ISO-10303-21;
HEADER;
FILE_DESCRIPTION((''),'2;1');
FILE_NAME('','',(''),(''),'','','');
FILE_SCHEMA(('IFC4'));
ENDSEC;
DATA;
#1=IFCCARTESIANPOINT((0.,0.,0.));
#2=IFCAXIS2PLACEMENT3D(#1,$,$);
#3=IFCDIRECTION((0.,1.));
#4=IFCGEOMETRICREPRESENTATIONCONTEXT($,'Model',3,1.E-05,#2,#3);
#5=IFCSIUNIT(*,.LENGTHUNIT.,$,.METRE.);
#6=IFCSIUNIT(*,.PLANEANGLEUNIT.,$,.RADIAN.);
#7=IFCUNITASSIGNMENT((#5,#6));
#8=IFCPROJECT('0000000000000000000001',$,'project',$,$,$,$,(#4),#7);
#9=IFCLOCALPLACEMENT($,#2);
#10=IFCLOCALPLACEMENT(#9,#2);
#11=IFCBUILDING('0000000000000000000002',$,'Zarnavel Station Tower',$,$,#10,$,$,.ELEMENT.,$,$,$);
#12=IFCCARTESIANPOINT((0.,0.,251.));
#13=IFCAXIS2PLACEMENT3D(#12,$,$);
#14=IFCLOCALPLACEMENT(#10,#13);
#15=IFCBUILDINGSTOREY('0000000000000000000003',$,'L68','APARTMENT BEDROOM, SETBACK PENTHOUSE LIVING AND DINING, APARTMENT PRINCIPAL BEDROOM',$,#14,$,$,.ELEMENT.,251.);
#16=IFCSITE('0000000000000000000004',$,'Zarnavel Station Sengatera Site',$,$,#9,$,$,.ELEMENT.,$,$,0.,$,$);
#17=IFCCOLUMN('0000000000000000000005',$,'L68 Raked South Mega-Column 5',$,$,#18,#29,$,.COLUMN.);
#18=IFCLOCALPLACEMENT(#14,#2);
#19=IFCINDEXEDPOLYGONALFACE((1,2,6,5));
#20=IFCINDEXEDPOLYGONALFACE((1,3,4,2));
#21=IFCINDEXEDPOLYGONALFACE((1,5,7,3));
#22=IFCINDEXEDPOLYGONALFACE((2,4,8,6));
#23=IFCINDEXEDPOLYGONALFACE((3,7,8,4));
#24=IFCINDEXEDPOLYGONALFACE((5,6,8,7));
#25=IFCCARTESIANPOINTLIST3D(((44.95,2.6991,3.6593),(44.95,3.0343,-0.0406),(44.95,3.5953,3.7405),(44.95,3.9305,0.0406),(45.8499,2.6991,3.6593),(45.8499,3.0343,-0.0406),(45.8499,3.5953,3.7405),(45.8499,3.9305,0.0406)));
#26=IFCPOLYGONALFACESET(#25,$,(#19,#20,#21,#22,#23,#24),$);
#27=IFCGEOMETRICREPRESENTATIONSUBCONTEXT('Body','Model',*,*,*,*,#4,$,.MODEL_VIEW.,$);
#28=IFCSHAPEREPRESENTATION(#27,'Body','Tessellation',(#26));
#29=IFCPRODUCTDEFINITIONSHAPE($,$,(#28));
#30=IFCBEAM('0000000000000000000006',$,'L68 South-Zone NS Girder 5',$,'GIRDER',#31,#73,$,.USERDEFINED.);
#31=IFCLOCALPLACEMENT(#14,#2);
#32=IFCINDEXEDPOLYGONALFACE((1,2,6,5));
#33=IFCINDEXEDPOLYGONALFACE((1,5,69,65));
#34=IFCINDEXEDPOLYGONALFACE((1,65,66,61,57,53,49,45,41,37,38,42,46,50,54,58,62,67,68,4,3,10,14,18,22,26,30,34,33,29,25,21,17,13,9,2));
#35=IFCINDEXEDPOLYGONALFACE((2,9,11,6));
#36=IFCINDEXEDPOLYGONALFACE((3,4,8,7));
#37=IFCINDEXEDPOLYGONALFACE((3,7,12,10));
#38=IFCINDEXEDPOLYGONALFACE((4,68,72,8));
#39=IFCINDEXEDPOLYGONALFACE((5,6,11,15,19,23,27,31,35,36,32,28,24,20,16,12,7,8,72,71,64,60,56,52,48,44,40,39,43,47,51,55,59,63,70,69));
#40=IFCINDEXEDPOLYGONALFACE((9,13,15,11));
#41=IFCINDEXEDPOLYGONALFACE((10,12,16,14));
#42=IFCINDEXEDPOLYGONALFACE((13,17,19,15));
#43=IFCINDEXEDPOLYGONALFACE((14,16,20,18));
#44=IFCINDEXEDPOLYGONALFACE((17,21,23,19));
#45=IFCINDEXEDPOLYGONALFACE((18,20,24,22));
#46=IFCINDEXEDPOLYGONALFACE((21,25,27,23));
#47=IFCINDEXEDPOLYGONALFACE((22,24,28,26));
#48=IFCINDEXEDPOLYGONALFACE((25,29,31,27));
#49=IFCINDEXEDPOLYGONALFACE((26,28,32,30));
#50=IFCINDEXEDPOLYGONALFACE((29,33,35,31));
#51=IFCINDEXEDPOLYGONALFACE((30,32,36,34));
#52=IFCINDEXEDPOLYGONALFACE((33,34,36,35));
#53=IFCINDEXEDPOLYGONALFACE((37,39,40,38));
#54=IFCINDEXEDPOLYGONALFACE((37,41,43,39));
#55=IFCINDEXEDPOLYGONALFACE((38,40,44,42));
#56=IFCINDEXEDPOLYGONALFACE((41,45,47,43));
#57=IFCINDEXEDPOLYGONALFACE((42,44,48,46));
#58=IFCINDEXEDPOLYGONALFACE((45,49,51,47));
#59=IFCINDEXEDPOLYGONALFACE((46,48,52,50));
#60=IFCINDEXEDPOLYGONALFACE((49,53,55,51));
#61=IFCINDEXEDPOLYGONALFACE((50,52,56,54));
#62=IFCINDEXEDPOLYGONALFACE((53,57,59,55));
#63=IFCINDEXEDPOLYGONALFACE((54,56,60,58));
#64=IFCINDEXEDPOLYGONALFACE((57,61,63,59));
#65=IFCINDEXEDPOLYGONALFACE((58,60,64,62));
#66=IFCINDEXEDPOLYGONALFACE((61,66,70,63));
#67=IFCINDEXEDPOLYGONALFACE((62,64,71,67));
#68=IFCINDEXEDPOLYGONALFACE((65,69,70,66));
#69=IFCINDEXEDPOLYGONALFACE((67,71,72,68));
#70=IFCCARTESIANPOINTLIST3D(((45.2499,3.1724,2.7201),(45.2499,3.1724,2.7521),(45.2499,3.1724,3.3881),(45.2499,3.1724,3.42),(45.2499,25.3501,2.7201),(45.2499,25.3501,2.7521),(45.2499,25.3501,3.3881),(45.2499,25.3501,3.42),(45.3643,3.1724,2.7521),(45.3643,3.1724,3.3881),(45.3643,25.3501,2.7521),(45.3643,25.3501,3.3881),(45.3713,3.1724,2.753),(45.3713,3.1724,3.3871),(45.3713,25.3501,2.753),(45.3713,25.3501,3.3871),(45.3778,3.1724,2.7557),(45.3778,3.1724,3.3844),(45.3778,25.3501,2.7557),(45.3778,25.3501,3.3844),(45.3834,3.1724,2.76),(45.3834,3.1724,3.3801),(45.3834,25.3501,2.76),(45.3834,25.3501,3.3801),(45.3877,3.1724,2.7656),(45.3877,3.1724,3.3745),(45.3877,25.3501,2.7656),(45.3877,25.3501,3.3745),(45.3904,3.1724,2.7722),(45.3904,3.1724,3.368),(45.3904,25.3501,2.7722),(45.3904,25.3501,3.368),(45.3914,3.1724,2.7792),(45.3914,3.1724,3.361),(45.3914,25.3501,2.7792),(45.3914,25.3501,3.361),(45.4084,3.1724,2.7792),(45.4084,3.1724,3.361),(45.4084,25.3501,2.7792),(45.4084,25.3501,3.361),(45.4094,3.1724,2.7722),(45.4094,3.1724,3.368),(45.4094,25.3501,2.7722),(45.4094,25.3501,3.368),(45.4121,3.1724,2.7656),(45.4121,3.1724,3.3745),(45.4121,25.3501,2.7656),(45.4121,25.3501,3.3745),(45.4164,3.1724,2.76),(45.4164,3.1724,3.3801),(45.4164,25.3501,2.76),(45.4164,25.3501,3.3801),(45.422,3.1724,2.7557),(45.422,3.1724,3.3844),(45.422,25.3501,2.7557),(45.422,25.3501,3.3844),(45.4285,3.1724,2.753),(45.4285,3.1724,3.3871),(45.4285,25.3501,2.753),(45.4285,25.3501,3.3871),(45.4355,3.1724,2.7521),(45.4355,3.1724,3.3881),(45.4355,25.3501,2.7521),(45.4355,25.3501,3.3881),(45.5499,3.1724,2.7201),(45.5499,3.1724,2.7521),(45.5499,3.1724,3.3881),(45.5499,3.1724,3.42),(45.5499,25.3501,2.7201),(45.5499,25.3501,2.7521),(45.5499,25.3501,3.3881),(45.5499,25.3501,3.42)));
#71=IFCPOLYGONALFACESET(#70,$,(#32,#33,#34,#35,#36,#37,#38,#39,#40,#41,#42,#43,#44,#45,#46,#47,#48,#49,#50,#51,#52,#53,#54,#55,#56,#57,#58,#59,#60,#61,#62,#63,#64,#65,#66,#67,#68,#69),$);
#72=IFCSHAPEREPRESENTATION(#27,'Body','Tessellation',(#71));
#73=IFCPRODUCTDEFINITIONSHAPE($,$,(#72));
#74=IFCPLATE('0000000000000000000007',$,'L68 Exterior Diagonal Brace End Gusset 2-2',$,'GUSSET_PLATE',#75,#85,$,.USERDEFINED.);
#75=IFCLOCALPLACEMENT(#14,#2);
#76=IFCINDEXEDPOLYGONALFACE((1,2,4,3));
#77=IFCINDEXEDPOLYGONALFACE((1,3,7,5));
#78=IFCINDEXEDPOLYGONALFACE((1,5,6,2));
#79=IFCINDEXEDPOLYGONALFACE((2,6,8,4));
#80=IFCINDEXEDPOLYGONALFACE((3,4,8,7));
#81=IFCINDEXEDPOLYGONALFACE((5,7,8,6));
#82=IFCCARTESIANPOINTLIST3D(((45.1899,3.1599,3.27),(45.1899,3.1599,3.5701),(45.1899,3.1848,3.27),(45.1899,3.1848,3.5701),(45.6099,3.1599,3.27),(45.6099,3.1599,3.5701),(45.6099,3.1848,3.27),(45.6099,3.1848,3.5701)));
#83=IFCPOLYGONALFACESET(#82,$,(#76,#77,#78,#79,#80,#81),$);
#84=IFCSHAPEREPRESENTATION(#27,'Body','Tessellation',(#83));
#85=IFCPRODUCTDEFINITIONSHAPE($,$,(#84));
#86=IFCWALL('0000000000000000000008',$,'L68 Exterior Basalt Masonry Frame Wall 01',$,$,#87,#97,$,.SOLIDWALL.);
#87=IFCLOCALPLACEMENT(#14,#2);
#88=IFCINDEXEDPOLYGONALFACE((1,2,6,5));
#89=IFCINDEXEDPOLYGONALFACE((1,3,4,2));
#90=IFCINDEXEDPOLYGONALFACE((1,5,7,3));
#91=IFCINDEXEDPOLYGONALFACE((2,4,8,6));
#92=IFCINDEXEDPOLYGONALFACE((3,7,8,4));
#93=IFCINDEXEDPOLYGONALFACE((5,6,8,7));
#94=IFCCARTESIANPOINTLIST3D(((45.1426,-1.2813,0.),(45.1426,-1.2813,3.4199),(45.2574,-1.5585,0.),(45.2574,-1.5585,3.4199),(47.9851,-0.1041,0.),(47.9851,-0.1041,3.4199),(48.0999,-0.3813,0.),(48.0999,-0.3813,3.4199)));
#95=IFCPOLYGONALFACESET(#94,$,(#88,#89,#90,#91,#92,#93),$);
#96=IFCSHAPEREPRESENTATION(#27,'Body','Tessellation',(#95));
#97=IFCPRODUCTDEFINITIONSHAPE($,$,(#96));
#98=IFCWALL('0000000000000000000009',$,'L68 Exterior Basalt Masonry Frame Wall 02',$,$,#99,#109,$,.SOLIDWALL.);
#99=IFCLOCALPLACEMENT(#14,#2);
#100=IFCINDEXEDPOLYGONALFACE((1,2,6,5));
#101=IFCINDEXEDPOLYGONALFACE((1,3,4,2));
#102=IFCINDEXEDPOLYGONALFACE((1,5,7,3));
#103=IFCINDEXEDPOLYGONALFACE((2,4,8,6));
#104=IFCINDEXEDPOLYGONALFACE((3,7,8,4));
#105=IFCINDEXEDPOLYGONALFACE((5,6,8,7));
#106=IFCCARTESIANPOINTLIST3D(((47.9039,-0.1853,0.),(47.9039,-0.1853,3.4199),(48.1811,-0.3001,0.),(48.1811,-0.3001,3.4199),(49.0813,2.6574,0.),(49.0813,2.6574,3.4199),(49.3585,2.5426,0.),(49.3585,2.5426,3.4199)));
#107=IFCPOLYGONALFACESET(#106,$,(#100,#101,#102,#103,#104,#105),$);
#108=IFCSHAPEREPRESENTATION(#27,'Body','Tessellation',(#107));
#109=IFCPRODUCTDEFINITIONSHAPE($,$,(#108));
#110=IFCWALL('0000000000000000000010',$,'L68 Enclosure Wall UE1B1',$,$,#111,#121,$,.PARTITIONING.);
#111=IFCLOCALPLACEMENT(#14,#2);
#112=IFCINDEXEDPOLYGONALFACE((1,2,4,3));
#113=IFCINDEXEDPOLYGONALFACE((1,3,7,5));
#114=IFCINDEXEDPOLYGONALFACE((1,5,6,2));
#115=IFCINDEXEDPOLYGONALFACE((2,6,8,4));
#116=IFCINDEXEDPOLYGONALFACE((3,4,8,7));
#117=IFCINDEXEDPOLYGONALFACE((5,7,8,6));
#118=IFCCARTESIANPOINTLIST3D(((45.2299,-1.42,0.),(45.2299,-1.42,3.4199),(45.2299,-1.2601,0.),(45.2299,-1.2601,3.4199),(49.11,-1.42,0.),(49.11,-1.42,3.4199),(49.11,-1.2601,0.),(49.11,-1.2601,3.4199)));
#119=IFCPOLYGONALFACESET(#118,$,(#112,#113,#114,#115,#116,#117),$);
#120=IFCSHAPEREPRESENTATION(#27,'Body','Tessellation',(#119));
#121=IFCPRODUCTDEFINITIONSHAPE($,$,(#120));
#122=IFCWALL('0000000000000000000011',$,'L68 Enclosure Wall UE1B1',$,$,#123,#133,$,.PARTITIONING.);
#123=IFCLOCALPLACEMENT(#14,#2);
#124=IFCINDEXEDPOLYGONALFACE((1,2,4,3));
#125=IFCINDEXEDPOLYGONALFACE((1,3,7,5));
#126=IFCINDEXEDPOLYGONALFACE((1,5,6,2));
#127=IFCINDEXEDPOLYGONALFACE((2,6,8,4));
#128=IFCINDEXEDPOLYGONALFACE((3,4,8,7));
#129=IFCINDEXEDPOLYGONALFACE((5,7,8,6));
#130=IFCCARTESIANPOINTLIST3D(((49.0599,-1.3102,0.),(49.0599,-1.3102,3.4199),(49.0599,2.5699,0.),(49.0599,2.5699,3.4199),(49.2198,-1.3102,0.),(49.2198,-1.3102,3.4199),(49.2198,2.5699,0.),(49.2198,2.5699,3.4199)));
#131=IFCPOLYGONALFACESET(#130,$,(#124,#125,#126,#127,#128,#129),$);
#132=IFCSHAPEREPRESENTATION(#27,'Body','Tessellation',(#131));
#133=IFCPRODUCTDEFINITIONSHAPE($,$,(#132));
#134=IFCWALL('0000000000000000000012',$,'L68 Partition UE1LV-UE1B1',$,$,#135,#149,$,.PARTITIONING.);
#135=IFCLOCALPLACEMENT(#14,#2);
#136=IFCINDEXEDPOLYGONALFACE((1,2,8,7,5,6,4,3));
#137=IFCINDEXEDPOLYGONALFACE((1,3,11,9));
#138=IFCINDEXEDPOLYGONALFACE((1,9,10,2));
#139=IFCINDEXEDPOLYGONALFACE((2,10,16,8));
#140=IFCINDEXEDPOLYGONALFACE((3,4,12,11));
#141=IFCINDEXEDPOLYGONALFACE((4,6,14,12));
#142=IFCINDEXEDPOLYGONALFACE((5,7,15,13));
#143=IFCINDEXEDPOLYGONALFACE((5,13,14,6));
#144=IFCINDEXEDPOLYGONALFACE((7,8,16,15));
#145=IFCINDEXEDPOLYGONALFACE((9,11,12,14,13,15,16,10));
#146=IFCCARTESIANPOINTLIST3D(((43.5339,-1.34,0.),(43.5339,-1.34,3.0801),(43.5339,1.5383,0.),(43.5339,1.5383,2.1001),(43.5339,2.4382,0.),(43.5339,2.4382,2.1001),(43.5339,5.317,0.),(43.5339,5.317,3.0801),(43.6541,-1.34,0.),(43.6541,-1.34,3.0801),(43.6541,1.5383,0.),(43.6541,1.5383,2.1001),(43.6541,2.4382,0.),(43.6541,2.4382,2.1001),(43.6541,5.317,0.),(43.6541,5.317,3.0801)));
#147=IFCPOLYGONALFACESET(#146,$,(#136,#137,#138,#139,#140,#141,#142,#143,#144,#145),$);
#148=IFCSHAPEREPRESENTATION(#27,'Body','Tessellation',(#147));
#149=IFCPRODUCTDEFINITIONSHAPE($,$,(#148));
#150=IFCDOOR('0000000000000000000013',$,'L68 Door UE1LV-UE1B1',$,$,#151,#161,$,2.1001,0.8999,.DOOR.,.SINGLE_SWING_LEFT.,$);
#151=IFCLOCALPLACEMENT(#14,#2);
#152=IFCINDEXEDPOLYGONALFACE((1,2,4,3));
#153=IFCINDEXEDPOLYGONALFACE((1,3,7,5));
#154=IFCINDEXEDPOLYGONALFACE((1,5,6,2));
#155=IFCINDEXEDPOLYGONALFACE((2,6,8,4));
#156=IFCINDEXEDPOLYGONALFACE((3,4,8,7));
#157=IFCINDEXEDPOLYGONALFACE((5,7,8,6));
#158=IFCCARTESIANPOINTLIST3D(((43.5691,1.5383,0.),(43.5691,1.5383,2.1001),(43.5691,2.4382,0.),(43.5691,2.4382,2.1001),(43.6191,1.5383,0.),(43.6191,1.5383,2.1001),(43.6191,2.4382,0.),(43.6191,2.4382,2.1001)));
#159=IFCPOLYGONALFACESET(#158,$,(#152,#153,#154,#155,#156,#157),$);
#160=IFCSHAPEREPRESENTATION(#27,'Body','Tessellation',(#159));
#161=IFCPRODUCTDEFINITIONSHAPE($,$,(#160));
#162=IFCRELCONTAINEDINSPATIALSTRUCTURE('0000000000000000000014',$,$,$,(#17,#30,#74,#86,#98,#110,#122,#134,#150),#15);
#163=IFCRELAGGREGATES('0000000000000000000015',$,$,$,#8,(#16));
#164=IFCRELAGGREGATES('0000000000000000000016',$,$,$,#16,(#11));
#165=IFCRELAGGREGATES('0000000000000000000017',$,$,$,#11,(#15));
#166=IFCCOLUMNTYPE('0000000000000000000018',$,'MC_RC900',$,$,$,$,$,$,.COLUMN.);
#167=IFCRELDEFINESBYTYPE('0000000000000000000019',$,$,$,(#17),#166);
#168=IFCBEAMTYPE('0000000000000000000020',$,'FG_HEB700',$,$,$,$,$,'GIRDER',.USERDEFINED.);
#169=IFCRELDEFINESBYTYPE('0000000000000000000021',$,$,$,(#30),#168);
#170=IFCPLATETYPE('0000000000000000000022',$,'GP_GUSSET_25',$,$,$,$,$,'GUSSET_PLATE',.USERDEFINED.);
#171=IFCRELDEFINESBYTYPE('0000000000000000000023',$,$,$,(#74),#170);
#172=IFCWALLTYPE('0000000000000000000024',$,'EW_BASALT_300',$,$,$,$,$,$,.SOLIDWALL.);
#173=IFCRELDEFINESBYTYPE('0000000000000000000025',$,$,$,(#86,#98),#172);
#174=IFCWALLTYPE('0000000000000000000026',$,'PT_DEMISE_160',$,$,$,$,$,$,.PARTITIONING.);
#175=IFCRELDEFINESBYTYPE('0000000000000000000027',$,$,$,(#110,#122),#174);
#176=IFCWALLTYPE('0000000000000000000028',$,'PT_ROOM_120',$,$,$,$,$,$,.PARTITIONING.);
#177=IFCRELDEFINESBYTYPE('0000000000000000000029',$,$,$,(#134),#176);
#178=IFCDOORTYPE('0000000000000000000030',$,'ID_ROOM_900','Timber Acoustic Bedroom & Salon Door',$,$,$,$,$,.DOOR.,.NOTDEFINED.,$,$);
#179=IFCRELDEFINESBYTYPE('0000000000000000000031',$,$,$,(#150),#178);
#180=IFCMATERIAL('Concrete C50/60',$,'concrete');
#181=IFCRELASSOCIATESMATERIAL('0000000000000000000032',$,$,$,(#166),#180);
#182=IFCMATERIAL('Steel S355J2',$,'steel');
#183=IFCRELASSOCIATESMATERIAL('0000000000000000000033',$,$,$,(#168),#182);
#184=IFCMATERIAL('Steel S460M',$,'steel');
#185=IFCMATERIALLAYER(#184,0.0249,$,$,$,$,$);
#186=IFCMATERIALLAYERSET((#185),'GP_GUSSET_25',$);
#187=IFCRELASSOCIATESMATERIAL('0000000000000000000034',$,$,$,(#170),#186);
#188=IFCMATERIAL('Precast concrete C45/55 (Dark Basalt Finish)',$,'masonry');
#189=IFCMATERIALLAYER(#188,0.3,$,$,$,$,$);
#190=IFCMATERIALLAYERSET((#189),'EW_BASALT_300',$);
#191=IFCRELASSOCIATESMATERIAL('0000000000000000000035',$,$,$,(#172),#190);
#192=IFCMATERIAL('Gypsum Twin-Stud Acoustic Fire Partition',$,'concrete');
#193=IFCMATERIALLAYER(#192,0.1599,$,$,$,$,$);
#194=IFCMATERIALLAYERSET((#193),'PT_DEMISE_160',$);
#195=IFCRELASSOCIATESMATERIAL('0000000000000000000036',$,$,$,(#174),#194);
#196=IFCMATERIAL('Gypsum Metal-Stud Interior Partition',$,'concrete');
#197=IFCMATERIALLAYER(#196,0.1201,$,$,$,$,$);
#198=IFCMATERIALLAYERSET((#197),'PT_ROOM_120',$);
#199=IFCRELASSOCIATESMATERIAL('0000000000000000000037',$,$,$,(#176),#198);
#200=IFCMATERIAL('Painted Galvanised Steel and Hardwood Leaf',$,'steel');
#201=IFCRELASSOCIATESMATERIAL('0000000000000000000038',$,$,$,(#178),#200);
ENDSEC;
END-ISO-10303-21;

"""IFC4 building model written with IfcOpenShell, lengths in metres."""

from ifc_helpers import new_model, si_unit, direction, frame, frame_2d, origin, origin_2d, place, context, subcontext, project, spatial, rectangle, i_section, extrude, material, layer, layer_set, material_profile, profile_set, type_object, element, fill, save


model = new_model("IFC4")

# Units and contexts
model_context = context("Model", 3, precision=1e-05, world=origin(), true_north=direction((0.0, 1.0)))
body_context = subcontext(model_context, "Body", "Model", "MODEL_VIEW")
ifc_project = project(units=[si_unit("LENGTHUNIT", "METRE"), si_unit("PLANEANGLEUNIT", "RADIAN")], contexts=[model_context])

# Site, building, storey
site_placement = place(None, origin())
site = spatial("IfcSite", under=ifc_project, at=site_placement, Name="Zarnavel Station Sengatera Site", CompositionType="ELEMENT", RefElevation=0.0)
building_placement = place(site_placement, origin())
building = spatial("IfcBuilding", under=site, at=building_placement, Name="Zarnavel Station Tower", CompositionType="ELEMENT")
storey_placement = place(building_placement, frame((0.0, 0.0, 251.0)))
storey = spatial("IfcBuildingStorey", under=building, at=storey_placement, Name="L68", Description="APARTMENT BEDROOM, SETBACK PENTHOUSE LIVING AND DINING, APARTMENT PRINCIPAL BEDROOM", CompositionType="ELEMENT", Elevation=251.0)

# Column
ifc_material_1 = material(Name="Concrete C50/60", Category="concrete")
ifc_material_profile_1 = material_profile(ifc_material_1, rectangle(XDim=0.8999, YDim=0.8999, at=origin_2d()), Name="RC900x900")
ifc_profile_set_1 = profile_set([ifc_material_profile_1], Name="Concrete C50/60")
column_type = type_object("IfcColumnType", Name="MC_RC900", PredefinedType="COLUMN", material=ifc_profile_set_1)
column_placement = place(storey_placement, frame((45.3999, 3.4824, 0.0), z_axis=(0.0, -0.090228, 0.995921), x_axis=(1.0, 0.0, 0.0)))
element("IfcColumn", 1, at=column_placement, inside=storey, type_object=column_type, Name="L68 Raked South Mega-Column 5", PredefinedType="COLUMN", context=body_context, shape_type="SweptSolid", body=[
    extrude(rectangle(XDim=0.8999, YDim=0.8999, at=origin_2d()), origin(), (0.0, 0.0, 1.0), 3.7151),
])

# Beam
ifc_material_2 = material(Name="Steel S355J2", Category="steel")
ifc_material_profile_2 = material_profile(ifc_material_2, i_section(OverallWidth=0.3, OverallDepth=0.7, WebThickness=0.0171, FlangeThickness=0.032, FilletRadius=0.0271, at=origin_2d()), Name="HEB700")
ifc_profile_set_2 = profile_set([ifc_material_profile_2], Name="Steel S355J2")
beam_type = type_object("IfcBeamType", Name="FG_HEB700", ElementType="GIRDER", PredefinedType="USERDEFINED", material=ifc_profile_set_2)
beam_placement = place(storey_placement, frame((45.3999, 3.1724, 3.0701), z_axis=(0.0, 1.0, 0.0), x_axis=(-1.0, 0.0, 0.0)))
element("IfcBeam", 2, at=beam_placement, inside=storey, type_object=beam_type, Name="L68 South-Zone NS Girder 5", ObjectType="GIRDER", PredefinedType="USERDEFINED", context=body_context, shape_type="SweptSolid", body=[
    extrude(i_section(OverallWidth=0.3, OverallDepth=0.7, WebThickness=0.0171, FlangeThickness=0.032, FilletRadius=0.0271, at=origin_2d()), origin(), (0.0, 0.0, 1.0), 22.1777),
])

# Plate
ifc_material_3 = material(Name="Steel S460M", Category="steel")
ifc_layer_1 = layer(ifc_material_3, 0.0249)
ifc_layer_set_1 = layer_set([ifc_layer_1], Name="GP_GUSSET_25")
plate_type = type_object("IfcPlateType", Name="GP_GUSSET_25", ElementType="GUSSET_PLATE", PredefinedType="USERDEFINED", material=ifc_layer_set_1)
plate_placement = place(storey_placement, frame((45.3999, 3.1724, 3.27), z_axis=(0.0, 0.0, 1.0), x_axis=(1.0, 0.0, 0.0)))
element("IfcPlate", 3, at=plate_placement, inside=storey, type_object=plate_type, Name="L68 Exterior Diagonal Brace End Gusset 2-2", ObjectType="GUSSET_PLATE", PredefinedType="USERDEFINED", context=body_context, shape_type="SweptSolid", body=[
    extrude(rectangle(XDim=0.4199, YDim=0.0249, at=origin_2d()), origin(), (0.0, 0.0, 1.0), 0.3),
])

# Walls
ifc_material_4 = material(Name="Precast concrete C45/55 (Dark Basalt Finish)", Category="masonry")
ifc_layer_2 = layer(ifc_material_4, 0.3)
ifc_layer_set_2 = layer_set([ifc_layer_2], Name="EW_BASALT_300")
wall_type_1 = type_object("IfcWallType", Name="EW_BASALT_300", PredefinedType="SOLIDWALL", material=ifc_layer_set_2)
wall_1_placement = place(storey_placement, frame((48.0425, -0.2427, 0.0), z_axis=(0.0, 0.0, 1.0), x_axis=(-0.923899, -0.382637, 0.0)))
element("IfcWall", 4, at=wall_1_placement, inside=storey, type_object=wall_type_1, Name="L68 Exterior Basalt Masonry Frame Wall 01", PredefinedType="SOLIDWALL", context=body_context, shape_type="SweptSolid", body=[
    extrude(rectangle(XDim=3.0767, YDim=0.3, at=frame_2d((1.5383, 0.0))), origin(), (0.0, 0.0, 1.0), 3.4199),
])
wall_2_placement = place(storey_placement, frame((49.22, 2.6001, 0.0), z_axis=(0.0, 0.0, 1.0), x_axis=(-0.382676, -0.923882, 0.0)))
element("IfcWall", 5, at=wall_2_placement, inside=storey, type_object=wall_type_1, Name="L68 Exterior Basalt Masonry Frame Wall 02", PredefinedType="SOLIDWALL", context=body_context, shape_type="SweptSolid", body=[
    extrude(rectangle(XDim=3.0769, YDim=0.3, at=frame_2d((1.5386, 0.0))), origin(), (0.0, 0.0, 1.0), 3.4199),
])

# Walls
ifc_material_5 = material(Name="Gypsum Twin-Stud Acoustic Fire Partition", Category="concrete")
ifc_layer_3 = layer(ifc_material_5, 0.1599)
ifc_layer_set_3 = layer_set([ifc_layer_3], Name="PT_DEMISE_160")
wall_type_2 = type_object("IfcWallType", Name="PT_DEMISE_160", PredefinedType="PARTITIONING", material=ifc_layer_set_3)
for number, where, z_axis, x_axis, name in (
    (6, (45.23, -1.3401, 0.0), (0.0, 0.0, 1.0), (1.0, 0.0, 0.0), "L68 Enclosure Wall UE1B1"),
    (7, (49.1399, -1.3101, 0.0), (0.0, 0.0, 1.0), (0.0, 1.0, 0.0), "L68 Enclosure Wall UE1B1"),
):
    element("IfcWall", number, at=place(storey_placement, frame(where, z_axis=z_axis, x_axis=x_axis)), inside=storey, type_object=wall_type_2, Name=name, PredefinedType="PARTITIONING", context=body_context, shape_type="SweptSolid", body=[
        extrude(rectangle(XDim=3.8801, YDim=0.1599, at=frame_2d((1.9399, 0.0))), origin(), (0.0, 0.0, 1.0), 3.4199),
    ])

# Wall, opening, door
ifc_material_6 = material(Name="Gypsum Metal-Stud Interior Partition", Category="concrete")
ifc_layer_4 = layer(ifc_material_6, 0.1201)
ifc_layer_set_4 = layer_set([ifc_layer_4], Name="PT_ROOM_120")
wall_type_3 = type_object("IfcWallType", Name="PT_ROOM_120", PredefinedType="PARTITIONING", material=ifc_layer_set_4)
wall_3_placement = place(storey_placement, frame((43.594, -1.3401, 0.0), z_axis=(0.0, 0.0, 1.0), x_axis=(0.0, 1.0, 0.0)))
wall_3 = element("IfcWall", 8, at=wall_3_placement, inside=storey, type_object=wall_type_3, Name="L68 Partition UE1LV-UE1B1", PredefinedType="PARTITIONING", context=body_context, shape_type="SweptSolid", body=[
    extrude(rectangle(XDim=6.657, YDim=0.1201, at=frame_2d((3.3286, 0.0))), origin(), (0.0, 0.0, 1.0), 3.0801),
])
opening_1_placement = place(wall_3_placement, frame((2.8784, 0.0, 0.0)))
opening_1 = element("IfcOpeningElement", 9, at=opening_1_placement, cuts=wall_3, PredefinedType="OPENING", context=body_context, shape_type="SweptSolid", body=[
    extrude(rectangle(XDim=0.8999, YDim=2.1001, at=frame_2d((0.45, 1.05))), frame((0.0, 0.0701, 0.0), z_axis=(0.0, -1.0, 0.0), x_axis=(1.0, 0.0, 0.0)), (0.0, 0.0, 1.0), 0.1401),
])
ifc_material_7 = material(Name="Painted Galvanised Steel and Hardwood Leaf", Category="steel")
door_type = type_object("IfcDoorType", Name="ID_ROOM_900", Description="Timber Acoustic Bedroom & Salon Door", OperationType="NOTDEFINED", PredefinedType="DOOR", material=ifc_material_7)
door_1_placement = place(opening_1_placement, origin())
door_1 = element("IfcDoor", 10, at=door_1_placement, inside=storey, type_object=door_type, Name="L68 Door UE1LV-UE1B1", OperationType="SINGLE_SWING_LEFT", OverallHeight=2.1001, OverallWidth=0.8999, PredefinedType="DOOR", context=body_context, shape_type="SweptSolid", body=[
    extrude(rectangle(XDim=0.8999, YDim=2.1001, at=frame_2d((0.45, 1.05))), frame((0.0, 0.0249, 0.0), z_axis=(0.0, -1.0, 0.0), x_axis=(1.0, 0.0, 0.0)), (0.0, 0.0, 1.0), 0.05),
])
fill(opening_1, door_1)

save(model, "model.ifc")
